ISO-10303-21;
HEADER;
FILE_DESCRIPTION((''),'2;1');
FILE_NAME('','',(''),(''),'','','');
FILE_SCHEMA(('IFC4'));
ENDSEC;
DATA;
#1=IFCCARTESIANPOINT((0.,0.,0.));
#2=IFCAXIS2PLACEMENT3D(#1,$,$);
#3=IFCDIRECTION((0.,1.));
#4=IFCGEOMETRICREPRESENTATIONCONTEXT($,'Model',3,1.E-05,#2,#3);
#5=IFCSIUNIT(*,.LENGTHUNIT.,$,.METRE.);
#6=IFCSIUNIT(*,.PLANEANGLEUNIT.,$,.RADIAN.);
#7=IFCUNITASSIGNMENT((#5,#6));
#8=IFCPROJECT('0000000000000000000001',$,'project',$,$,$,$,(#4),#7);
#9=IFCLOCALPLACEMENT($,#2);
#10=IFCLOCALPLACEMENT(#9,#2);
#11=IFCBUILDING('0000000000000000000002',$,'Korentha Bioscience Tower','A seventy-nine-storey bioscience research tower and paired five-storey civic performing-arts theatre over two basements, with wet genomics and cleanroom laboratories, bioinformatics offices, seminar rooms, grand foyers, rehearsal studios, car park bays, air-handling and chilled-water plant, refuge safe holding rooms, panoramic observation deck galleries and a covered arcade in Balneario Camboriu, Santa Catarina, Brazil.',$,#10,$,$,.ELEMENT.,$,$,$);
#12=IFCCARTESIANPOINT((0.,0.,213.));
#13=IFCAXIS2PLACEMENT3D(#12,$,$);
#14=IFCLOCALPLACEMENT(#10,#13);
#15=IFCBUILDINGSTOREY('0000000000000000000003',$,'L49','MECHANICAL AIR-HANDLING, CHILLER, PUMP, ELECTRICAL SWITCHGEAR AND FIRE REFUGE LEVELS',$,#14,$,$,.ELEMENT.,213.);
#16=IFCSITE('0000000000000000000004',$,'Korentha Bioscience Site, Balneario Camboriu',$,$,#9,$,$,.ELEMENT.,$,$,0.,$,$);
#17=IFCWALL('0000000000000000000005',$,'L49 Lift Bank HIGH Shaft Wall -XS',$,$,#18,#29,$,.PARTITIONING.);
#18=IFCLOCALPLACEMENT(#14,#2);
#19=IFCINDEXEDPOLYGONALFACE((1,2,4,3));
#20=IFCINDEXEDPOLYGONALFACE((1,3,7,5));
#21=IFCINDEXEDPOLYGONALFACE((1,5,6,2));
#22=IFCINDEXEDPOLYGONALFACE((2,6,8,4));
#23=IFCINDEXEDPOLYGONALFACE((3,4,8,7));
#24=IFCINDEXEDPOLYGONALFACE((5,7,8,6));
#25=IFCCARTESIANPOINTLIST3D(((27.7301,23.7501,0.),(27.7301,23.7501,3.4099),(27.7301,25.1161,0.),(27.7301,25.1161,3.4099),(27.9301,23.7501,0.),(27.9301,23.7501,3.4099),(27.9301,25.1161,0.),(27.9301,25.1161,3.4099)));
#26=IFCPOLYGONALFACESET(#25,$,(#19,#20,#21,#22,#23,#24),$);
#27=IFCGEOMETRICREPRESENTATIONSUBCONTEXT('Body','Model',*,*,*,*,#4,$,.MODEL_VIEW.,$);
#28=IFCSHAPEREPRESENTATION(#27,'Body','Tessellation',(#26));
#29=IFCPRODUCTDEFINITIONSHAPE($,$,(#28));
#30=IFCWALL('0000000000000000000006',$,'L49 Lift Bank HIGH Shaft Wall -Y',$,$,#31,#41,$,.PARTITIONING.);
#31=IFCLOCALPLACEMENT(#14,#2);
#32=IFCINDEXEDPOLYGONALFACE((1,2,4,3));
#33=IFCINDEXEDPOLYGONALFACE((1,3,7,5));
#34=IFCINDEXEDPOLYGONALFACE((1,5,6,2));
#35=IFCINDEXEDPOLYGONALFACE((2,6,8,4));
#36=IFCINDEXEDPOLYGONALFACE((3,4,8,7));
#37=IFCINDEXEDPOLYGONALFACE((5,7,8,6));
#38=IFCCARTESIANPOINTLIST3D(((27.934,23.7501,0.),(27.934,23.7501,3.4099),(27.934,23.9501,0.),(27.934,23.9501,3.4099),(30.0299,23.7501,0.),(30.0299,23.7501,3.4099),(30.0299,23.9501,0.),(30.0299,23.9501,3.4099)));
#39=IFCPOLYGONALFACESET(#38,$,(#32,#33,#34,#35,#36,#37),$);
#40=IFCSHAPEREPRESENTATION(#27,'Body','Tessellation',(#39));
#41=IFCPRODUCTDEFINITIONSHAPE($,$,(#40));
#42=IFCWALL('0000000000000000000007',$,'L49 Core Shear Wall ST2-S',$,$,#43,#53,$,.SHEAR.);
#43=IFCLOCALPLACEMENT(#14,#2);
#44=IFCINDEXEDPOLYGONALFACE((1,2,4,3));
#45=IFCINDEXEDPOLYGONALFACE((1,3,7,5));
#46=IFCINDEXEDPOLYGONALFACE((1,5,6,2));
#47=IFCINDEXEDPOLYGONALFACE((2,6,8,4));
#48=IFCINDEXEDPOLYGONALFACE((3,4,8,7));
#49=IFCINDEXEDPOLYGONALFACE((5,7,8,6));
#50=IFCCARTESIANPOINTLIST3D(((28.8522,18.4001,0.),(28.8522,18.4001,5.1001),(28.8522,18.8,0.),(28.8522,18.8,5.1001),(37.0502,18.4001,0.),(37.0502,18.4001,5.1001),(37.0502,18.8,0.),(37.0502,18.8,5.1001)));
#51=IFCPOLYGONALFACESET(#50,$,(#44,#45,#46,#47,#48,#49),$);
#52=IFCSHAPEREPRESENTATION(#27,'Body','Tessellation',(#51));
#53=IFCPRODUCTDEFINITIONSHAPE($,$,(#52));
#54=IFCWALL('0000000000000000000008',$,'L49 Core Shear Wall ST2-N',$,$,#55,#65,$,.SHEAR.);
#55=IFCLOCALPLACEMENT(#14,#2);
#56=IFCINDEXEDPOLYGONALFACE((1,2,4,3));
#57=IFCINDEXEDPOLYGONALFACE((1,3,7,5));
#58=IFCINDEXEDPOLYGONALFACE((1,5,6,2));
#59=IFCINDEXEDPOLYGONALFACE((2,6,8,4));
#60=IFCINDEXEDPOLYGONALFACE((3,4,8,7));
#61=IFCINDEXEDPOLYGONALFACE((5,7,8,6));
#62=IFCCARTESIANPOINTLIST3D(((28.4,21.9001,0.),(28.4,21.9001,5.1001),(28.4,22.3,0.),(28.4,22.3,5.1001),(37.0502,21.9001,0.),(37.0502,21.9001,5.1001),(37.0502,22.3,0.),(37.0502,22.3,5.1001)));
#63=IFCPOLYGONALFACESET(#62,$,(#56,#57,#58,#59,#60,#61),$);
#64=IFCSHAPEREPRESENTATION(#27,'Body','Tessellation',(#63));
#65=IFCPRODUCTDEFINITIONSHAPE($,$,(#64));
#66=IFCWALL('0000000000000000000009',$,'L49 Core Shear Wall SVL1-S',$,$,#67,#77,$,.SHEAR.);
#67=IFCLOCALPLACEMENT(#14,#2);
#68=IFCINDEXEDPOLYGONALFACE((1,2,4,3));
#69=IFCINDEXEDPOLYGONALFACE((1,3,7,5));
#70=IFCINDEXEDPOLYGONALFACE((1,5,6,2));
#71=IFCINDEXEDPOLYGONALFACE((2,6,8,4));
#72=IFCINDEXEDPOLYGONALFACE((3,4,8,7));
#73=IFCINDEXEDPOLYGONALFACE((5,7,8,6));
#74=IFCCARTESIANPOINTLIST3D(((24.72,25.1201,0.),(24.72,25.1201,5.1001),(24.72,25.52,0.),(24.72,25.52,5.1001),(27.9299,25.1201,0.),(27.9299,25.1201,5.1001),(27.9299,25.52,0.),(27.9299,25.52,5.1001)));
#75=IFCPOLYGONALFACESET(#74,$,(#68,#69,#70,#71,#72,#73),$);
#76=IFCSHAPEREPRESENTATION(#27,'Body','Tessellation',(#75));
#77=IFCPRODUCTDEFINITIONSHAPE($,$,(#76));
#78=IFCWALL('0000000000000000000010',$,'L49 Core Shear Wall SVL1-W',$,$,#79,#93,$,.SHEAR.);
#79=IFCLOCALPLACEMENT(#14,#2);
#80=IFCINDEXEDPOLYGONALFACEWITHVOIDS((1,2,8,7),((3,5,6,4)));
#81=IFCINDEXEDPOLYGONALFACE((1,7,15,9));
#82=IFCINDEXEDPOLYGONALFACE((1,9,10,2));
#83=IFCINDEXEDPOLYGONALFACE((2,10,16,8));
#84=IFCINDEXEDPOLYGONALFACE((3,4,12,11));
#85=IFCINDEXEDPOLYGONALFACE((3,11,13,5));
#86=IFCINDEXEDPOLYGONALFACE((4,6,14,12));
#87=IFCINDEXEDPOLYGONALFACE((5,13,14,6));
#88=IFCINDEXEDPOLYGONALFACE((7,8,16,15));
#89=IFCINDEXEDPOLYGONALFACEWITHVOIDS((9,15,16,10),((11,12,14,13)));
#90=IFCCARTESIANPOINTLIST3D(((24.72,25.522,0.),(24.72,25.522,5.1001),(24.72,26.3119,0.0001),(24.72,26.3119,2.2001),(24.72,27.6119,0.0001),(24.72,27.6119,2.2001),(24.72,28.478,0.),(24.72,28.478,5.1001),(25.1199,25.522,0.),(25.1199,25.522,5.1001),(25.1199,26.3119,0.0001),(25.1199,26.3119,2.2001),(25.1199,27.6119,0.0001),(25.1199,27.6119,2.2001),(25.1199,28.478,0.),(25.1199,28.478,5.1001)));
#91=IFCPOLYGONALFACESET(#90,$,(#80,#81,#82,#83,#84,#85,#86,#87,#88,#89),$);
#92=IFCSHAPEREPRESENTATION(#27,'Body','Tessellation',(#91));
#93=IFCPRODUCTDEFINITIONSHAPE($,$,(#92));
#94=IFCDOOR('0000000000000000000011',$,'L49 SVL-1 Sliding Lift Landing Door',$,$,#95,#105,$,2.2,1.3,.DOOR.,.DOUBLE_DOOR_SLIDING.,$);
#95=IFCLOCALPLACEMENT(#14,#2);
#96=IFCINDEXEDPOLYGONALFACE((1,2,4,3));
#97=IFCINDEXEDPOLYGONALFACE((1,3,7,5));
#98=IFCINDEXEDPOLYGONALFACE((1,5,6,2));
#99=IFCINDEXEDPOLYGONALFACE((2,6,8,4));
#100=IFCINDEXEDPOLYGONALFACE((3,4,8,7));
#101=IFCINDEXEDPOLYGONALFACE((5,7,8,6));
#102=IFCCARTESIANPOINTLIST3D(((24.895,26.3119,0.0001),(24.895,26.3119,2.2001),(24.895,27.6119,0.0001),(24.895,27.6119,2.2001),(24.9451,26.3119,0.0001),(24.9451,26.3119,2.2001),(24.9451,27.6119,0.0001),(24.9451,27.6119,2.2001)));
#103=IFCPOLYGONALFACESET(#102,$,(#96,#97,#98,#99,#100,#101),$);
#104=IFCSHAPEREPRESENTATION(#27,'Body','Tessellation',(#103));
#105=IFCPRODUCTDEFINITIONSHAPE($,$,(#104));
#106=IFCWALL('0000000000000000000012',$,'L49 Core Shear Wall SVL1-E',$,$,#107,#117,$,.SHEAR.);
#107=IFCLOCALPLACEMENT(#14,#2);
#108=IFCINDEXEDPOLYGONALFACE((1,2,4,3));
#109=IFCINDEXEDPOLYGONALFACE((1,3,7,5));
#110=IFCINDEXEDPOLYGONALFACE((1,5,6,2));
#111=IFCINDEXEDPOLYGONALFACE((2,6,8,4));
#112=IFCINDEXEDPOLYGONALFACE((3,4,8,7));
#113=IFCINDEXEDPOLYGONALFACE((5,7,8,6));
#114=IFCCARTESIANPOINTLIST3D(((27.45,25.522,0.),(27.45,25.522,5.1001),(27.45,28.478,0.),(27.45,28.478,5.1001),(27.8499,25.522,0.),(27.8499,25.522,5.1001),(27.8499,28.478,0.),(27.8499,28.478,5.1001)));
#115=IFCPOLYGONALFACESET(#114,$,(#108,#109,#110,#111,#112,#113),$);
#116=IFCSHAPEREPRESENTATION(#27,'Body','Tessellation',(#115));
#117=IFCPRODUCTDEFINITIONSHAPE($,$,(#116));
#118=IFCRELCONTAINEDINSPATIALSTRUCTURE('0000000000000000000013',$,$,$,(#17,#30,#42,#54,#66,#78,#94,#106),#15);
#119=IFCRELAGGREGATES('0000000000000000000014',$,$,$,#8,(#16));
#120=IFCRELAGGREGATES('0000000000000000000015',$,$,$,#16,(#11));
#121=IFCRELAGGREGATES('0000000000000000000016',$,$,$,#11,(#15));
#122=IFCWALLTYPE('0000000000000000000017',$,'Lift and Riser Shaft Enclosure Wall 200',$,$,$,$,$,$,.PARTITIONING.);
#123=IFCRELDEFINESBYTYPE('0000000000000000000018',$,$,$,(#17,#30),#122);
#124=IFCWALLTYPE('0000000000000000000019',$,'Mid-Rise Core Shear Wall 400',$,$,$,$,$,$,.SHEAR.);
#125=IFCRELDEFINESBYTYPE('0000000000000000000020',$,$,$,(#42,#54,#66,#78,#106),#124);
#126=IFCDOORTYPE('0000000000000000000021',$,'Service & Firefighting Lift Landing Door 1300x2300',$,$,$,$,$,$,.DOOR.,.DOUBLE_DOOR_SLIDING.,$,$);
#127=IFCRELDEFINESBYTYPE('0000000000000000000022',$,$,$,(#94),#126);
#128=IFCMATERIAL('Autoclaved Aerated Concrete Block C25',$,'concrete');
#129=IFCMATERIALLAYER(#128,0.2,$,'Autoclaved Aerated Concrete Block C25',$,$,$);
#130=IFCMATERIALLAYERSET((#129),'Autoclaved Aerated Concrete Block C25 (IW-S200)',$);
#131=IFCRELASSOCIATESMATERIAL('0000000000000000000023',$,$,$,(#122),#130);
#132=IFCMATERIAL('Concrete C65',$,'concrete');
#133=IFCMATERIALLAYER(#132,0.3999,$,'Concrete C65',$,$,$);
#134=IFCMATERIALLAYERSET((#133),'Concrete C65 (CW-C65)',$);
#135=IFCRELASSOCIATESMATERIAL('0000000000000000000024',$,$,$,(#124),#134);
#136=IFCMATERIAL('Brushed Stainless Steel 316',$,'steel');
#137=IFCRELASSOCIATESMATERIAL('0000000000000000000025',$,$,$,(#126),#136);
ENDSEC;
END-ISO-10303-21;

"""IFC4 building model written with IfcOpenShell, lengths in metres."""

from ifc_helpers import new_model, si_unit, direction, frame, frame_2d, origin, place, context, subcontext, project, spatial, rectangle, extrude, material, layer, layer_set, type_object, element, fill, save


model = new_model("IFC4")

# Units and contexts
model_context = context("Model", 3, precision=1e-05, world=origin(), true_north=direction((0.0, 1.0)))
body_context = subcontext(model_context, "Body", "Model", "MODEL_VIEW")
ifc_project = project(units=[si_unit("LENGTHUNIT", "METRE"), si_unit("PLANEANGLEUNIT", "RADIAN")], contexts=[model_context])

# Site, building, storey
site_placement = place(None, origin())
site = spatial("IfcSite", under=ifc_project, at=site_placement, Name="Korentha Bioscience Site, Balneario Camboriu", CompositionType="ELEMENT", RefElevation=0.0)
building_placement = place(site_placement, origin())
building = spatial("IfcBuilding", under=site, at=building_placement, Name="Korentha Bioscience Tower", Description="A seventy-nine-storey bioscience research tower and paired five-storey civic performing-arts theatre over two basements, with wet genomics and cleanroom laboratories, bioinformatics offices, seminar rooms, grand foyers, rehearsal studios, car park bays, air-handling and chilled-water plant, refuge safe holding rooms, panoramic observation deck galleries and a covered arcade in Balneario Camboriu, Santa Catarina, Brazil.", CompositionType="ELEMENT")
storey_placement = place(building_placement, frame((0.0, 0.0, 213.0)))
storey = spatial("IfcBuildingStorey", under=building, at=storey_placement, Name="L49", Description="MECHANICAL AIR-HANDLING, CHILLER, PUMP, ELECTRICAL SWITCHGEAR AND FIRE REFUGE LEVELS", CompositionType="ELEMENT", Elevation=213.0)

# Shared definitions
ifc_material_1 = material(Name="Concrete C65", Category="concrete")

# Shared definitions
ifc_material_2 = material(Name="Autoclaved Aerated Concrete Block C25", Category="concrete")
ifc_layer_1 = layer(ifc_material_2, 0.2, Name="Autoclaved Aerated Concrete Block C25")
ifc_layer_set_1 = layer_set([ifc_layer_1], Name="Autoclaved Aerated Concrete Block C25 (IW-S200)")
wall_type_1 = type_object("IfcWallType", Name="Lift and Riser Shaft Enclosure Wall 200", PredefinedType="PARTITIONING", material=ifc_layer_set_1)

# Walls
wall_1_placement = place(storey_placement, frame((27.8301, 23.75, 0.0), z_axis=(0.0, 0.0, 1.0), x_axis=(0.0, 1.0, 0.0)))
element("IfcWall", 1, at=wall_1_placement, inside=storey, type_object=wall_type_1, Name="L49 Lift Bank HIGH Shaft Wall -XS", PredefinedType="PARTITIONING", context=body_context, shape_type="SweptSolid", body=[
    extrude(rectangle(XDim=1.366, YDim=0.2, at=frame_2d((0.6831, 0.0))), origin(), (0.0, 0.0, 1.0), 3.4099),
])
wall_2_placement = place(storey_placement, frame((27.9341, 23.8501, 0.0), z_axis=(0.0, 0.0, 1.0), x_axis=(1.0, 0.0, 0.0)))
element("IfcWall", 2, at=wall_2_placement, inside=storey, type_object=wall_type_1, Name="L49 Lift Bank HIGH Shaft Wall -Y", PredefinedType="PARTITIONING", context=body_context, shape_type="SweptSolid", body=[
    extrude(rectangle(XDim=2.0959, YDim=0.2, at=frame_2d((1.0479, 0.0))), origin(), (0.0, 0.0, 1.0), 3.4099),
])
ifc_layer_2 = layer(ifc_material_1, 0.3999, Name="Concrete C65")
ifc_layer_set_2 = layer_set([ifc_layer_2], Name="Concrete C65 (CW-C65)")
wall_type_2 = type_object("IfcWallType", Name="Mid-Rise Core Shear Wall 400", PredefinedType="SHEAR", material=ifc_layer_set_2)
wall_3_placement = place(storey_placement, frame((28.8521, 18.6001, 0.0), z_axis=(0.0, 0.0, 1.0), x_axis=(1.0, 0.0, 0.0)))
element("IfcWall", 3, at=wall_3_placement, inside=storey, type_object=wall_type_2, Name="L49 Core Shear Wall ST2-S", PredefinedType="SHEAR", context=body_context, shape_type="SweptSolid", body=[
    extrude(rectangle(XDim=8.198, YDim=0.3999, at=frame_2d((4.0991, 0.0))), origin(), (0.0, 0.0, 1.0), 5.1001),
])
wall_4_placement = place(storey_placement, frame((28.3999, 22.1001, 0.0), z_axis=(0.0, 0.0, 1.0), x_axis=(1.0, 0.0, 0.0)))
element("IfcWall", 4, at=wall_4_placement, inside=storey, type_object=wall_type_2, Name="L49 Core Shear Wall ST2-N", PredefinedType="SHEAR", context=body_context, shape_type="SweptSolid", body=[
    extrude(rectangle(XDim=8.6501, YDim=0.3999, at=frame_2d((4.3252, 0.0))), origin(), (0.0, 0.0, 1.0), 5.1001),
])

# Wall
wall_5_placement = place(storey_placement, frame((24.72, 25.3201, 0.0), z_axis=(0.0, 0.0, 1.0), x_axis=(1.0, 0.0, 0.0)))
element("IfcWall", 5, at=wall_5_placement, inside=storey, type_object=wall_type_2, Name="L49 Core Shear Wall SVL1-S", PredefinedType="SHEAR", context=body_context, shape_type="SweptSolid", body=[
    extrude(rectangle(XDim=3.21, YDim=0.3999, at=frame_2d((1.605, 0.0))), origin(), (0.0, 0.0, 1.0), 5.1001),
])

# Wall, opening, door
wall_6_placement = place(storey_placement, frame((24.9199, 25.522, 0.0), z_axis=(0.0, 0.0, 1.0), x_axis=(0.0, 1.0, 0.0)))
wall_6 = element("IfcWall", 6, at=wall_6_placement, inside=storey, type_object=wall_type_2, Name="L49 Core Shear Wall SVL1-W", PredefinedType="SHEAR", context=body_context, shape_type="SweptSolid", body=[
    extrude(rectangle(XDim=2.9561, YDim=0.3999, at=frame_2d((1.478, 0.0))), origin(), (0.0, 0.0, 1.0), 5.1001),
])
opening_1_placement = place(wall_6_placement, frame((0.79, 0.0, 0.0)))
opening_1 = element("IfcOpeningElement", 7, at=opening_1_placement, cuts=wall_6, PredefinedType="OPENING", context=body_context, shape_type="SweptSolid", body=[
    extrude(rectangle(XDim=1.3, YDim=2.2, at=frame_2d((0.6499, 1.1001))), frame((0.0, 0.2148, 0.0), z_axis=(0.0, -1.0, 0.0), x_axis=(1.0, 0.0, 0.0)), (0.0, 0.0, 1.0), 0.4297),
])
ifc_material_3 = material(Name="Brushed Stainless Steel 316", Category="steel")
door_type_1 = type_object("IfcDoorType", Name="Service & Firefighting Lift Landing Door 1300x2300", OperationType="DOUBLE_DOOR_SLIDING", PredefinedType="DOOR", material=ifc_material_3)
door_1_placement = place(opening_1_placement, origin())
door_1 = element("IfcDoor", 8, at=door_1_placement, inside=storey, type_object=door_type_1, Name="L49 SVL-1 Sliding Lift Landing Door", OperationType="DOUBLE_DOOR_SLIDING", OverallHeight=2.2, OverallWidth=1.3, PredefinedType="DOOR", context=body_context, shape_type="SweptSolid", body=[
    extrude(rectangle(XDim=1.3, YDim=2.2, at=frame_2d((0.6499, 1.1001))), frame((0.0, 0.0249, 0.0), z_axis=(0.0, -1.0, 0.0), x_axis=(1.0, 0.0, 0.0)), (0.0, 0.0, 1.0), 0.05),
])
fill(opening_1, door_1)

# Wall
wall_7_placement = place(storey_placement, frame((27.6499, 25.522, 0.0), z_axis=(0.0, 0.0, 1.0), x_axis=(0.0, 1.0, 0.0)))
element("IfcWall", 9, at=wall_7_placement, inside=storey, type_object=wall_type_2, Name="L49 Core Shear Wall SVL1-E", PredefinedType="SHEAR", context=body_context, shape_type="SweptSolid", body=[
    extrude(rectangle(XDim=2.9561, YDim=0.3999, at=frame_2d((1.478, 0.0))), origin(), (0.0, 0.0, 1.0), 5.1001),
])

save(model, "model.ifc")
